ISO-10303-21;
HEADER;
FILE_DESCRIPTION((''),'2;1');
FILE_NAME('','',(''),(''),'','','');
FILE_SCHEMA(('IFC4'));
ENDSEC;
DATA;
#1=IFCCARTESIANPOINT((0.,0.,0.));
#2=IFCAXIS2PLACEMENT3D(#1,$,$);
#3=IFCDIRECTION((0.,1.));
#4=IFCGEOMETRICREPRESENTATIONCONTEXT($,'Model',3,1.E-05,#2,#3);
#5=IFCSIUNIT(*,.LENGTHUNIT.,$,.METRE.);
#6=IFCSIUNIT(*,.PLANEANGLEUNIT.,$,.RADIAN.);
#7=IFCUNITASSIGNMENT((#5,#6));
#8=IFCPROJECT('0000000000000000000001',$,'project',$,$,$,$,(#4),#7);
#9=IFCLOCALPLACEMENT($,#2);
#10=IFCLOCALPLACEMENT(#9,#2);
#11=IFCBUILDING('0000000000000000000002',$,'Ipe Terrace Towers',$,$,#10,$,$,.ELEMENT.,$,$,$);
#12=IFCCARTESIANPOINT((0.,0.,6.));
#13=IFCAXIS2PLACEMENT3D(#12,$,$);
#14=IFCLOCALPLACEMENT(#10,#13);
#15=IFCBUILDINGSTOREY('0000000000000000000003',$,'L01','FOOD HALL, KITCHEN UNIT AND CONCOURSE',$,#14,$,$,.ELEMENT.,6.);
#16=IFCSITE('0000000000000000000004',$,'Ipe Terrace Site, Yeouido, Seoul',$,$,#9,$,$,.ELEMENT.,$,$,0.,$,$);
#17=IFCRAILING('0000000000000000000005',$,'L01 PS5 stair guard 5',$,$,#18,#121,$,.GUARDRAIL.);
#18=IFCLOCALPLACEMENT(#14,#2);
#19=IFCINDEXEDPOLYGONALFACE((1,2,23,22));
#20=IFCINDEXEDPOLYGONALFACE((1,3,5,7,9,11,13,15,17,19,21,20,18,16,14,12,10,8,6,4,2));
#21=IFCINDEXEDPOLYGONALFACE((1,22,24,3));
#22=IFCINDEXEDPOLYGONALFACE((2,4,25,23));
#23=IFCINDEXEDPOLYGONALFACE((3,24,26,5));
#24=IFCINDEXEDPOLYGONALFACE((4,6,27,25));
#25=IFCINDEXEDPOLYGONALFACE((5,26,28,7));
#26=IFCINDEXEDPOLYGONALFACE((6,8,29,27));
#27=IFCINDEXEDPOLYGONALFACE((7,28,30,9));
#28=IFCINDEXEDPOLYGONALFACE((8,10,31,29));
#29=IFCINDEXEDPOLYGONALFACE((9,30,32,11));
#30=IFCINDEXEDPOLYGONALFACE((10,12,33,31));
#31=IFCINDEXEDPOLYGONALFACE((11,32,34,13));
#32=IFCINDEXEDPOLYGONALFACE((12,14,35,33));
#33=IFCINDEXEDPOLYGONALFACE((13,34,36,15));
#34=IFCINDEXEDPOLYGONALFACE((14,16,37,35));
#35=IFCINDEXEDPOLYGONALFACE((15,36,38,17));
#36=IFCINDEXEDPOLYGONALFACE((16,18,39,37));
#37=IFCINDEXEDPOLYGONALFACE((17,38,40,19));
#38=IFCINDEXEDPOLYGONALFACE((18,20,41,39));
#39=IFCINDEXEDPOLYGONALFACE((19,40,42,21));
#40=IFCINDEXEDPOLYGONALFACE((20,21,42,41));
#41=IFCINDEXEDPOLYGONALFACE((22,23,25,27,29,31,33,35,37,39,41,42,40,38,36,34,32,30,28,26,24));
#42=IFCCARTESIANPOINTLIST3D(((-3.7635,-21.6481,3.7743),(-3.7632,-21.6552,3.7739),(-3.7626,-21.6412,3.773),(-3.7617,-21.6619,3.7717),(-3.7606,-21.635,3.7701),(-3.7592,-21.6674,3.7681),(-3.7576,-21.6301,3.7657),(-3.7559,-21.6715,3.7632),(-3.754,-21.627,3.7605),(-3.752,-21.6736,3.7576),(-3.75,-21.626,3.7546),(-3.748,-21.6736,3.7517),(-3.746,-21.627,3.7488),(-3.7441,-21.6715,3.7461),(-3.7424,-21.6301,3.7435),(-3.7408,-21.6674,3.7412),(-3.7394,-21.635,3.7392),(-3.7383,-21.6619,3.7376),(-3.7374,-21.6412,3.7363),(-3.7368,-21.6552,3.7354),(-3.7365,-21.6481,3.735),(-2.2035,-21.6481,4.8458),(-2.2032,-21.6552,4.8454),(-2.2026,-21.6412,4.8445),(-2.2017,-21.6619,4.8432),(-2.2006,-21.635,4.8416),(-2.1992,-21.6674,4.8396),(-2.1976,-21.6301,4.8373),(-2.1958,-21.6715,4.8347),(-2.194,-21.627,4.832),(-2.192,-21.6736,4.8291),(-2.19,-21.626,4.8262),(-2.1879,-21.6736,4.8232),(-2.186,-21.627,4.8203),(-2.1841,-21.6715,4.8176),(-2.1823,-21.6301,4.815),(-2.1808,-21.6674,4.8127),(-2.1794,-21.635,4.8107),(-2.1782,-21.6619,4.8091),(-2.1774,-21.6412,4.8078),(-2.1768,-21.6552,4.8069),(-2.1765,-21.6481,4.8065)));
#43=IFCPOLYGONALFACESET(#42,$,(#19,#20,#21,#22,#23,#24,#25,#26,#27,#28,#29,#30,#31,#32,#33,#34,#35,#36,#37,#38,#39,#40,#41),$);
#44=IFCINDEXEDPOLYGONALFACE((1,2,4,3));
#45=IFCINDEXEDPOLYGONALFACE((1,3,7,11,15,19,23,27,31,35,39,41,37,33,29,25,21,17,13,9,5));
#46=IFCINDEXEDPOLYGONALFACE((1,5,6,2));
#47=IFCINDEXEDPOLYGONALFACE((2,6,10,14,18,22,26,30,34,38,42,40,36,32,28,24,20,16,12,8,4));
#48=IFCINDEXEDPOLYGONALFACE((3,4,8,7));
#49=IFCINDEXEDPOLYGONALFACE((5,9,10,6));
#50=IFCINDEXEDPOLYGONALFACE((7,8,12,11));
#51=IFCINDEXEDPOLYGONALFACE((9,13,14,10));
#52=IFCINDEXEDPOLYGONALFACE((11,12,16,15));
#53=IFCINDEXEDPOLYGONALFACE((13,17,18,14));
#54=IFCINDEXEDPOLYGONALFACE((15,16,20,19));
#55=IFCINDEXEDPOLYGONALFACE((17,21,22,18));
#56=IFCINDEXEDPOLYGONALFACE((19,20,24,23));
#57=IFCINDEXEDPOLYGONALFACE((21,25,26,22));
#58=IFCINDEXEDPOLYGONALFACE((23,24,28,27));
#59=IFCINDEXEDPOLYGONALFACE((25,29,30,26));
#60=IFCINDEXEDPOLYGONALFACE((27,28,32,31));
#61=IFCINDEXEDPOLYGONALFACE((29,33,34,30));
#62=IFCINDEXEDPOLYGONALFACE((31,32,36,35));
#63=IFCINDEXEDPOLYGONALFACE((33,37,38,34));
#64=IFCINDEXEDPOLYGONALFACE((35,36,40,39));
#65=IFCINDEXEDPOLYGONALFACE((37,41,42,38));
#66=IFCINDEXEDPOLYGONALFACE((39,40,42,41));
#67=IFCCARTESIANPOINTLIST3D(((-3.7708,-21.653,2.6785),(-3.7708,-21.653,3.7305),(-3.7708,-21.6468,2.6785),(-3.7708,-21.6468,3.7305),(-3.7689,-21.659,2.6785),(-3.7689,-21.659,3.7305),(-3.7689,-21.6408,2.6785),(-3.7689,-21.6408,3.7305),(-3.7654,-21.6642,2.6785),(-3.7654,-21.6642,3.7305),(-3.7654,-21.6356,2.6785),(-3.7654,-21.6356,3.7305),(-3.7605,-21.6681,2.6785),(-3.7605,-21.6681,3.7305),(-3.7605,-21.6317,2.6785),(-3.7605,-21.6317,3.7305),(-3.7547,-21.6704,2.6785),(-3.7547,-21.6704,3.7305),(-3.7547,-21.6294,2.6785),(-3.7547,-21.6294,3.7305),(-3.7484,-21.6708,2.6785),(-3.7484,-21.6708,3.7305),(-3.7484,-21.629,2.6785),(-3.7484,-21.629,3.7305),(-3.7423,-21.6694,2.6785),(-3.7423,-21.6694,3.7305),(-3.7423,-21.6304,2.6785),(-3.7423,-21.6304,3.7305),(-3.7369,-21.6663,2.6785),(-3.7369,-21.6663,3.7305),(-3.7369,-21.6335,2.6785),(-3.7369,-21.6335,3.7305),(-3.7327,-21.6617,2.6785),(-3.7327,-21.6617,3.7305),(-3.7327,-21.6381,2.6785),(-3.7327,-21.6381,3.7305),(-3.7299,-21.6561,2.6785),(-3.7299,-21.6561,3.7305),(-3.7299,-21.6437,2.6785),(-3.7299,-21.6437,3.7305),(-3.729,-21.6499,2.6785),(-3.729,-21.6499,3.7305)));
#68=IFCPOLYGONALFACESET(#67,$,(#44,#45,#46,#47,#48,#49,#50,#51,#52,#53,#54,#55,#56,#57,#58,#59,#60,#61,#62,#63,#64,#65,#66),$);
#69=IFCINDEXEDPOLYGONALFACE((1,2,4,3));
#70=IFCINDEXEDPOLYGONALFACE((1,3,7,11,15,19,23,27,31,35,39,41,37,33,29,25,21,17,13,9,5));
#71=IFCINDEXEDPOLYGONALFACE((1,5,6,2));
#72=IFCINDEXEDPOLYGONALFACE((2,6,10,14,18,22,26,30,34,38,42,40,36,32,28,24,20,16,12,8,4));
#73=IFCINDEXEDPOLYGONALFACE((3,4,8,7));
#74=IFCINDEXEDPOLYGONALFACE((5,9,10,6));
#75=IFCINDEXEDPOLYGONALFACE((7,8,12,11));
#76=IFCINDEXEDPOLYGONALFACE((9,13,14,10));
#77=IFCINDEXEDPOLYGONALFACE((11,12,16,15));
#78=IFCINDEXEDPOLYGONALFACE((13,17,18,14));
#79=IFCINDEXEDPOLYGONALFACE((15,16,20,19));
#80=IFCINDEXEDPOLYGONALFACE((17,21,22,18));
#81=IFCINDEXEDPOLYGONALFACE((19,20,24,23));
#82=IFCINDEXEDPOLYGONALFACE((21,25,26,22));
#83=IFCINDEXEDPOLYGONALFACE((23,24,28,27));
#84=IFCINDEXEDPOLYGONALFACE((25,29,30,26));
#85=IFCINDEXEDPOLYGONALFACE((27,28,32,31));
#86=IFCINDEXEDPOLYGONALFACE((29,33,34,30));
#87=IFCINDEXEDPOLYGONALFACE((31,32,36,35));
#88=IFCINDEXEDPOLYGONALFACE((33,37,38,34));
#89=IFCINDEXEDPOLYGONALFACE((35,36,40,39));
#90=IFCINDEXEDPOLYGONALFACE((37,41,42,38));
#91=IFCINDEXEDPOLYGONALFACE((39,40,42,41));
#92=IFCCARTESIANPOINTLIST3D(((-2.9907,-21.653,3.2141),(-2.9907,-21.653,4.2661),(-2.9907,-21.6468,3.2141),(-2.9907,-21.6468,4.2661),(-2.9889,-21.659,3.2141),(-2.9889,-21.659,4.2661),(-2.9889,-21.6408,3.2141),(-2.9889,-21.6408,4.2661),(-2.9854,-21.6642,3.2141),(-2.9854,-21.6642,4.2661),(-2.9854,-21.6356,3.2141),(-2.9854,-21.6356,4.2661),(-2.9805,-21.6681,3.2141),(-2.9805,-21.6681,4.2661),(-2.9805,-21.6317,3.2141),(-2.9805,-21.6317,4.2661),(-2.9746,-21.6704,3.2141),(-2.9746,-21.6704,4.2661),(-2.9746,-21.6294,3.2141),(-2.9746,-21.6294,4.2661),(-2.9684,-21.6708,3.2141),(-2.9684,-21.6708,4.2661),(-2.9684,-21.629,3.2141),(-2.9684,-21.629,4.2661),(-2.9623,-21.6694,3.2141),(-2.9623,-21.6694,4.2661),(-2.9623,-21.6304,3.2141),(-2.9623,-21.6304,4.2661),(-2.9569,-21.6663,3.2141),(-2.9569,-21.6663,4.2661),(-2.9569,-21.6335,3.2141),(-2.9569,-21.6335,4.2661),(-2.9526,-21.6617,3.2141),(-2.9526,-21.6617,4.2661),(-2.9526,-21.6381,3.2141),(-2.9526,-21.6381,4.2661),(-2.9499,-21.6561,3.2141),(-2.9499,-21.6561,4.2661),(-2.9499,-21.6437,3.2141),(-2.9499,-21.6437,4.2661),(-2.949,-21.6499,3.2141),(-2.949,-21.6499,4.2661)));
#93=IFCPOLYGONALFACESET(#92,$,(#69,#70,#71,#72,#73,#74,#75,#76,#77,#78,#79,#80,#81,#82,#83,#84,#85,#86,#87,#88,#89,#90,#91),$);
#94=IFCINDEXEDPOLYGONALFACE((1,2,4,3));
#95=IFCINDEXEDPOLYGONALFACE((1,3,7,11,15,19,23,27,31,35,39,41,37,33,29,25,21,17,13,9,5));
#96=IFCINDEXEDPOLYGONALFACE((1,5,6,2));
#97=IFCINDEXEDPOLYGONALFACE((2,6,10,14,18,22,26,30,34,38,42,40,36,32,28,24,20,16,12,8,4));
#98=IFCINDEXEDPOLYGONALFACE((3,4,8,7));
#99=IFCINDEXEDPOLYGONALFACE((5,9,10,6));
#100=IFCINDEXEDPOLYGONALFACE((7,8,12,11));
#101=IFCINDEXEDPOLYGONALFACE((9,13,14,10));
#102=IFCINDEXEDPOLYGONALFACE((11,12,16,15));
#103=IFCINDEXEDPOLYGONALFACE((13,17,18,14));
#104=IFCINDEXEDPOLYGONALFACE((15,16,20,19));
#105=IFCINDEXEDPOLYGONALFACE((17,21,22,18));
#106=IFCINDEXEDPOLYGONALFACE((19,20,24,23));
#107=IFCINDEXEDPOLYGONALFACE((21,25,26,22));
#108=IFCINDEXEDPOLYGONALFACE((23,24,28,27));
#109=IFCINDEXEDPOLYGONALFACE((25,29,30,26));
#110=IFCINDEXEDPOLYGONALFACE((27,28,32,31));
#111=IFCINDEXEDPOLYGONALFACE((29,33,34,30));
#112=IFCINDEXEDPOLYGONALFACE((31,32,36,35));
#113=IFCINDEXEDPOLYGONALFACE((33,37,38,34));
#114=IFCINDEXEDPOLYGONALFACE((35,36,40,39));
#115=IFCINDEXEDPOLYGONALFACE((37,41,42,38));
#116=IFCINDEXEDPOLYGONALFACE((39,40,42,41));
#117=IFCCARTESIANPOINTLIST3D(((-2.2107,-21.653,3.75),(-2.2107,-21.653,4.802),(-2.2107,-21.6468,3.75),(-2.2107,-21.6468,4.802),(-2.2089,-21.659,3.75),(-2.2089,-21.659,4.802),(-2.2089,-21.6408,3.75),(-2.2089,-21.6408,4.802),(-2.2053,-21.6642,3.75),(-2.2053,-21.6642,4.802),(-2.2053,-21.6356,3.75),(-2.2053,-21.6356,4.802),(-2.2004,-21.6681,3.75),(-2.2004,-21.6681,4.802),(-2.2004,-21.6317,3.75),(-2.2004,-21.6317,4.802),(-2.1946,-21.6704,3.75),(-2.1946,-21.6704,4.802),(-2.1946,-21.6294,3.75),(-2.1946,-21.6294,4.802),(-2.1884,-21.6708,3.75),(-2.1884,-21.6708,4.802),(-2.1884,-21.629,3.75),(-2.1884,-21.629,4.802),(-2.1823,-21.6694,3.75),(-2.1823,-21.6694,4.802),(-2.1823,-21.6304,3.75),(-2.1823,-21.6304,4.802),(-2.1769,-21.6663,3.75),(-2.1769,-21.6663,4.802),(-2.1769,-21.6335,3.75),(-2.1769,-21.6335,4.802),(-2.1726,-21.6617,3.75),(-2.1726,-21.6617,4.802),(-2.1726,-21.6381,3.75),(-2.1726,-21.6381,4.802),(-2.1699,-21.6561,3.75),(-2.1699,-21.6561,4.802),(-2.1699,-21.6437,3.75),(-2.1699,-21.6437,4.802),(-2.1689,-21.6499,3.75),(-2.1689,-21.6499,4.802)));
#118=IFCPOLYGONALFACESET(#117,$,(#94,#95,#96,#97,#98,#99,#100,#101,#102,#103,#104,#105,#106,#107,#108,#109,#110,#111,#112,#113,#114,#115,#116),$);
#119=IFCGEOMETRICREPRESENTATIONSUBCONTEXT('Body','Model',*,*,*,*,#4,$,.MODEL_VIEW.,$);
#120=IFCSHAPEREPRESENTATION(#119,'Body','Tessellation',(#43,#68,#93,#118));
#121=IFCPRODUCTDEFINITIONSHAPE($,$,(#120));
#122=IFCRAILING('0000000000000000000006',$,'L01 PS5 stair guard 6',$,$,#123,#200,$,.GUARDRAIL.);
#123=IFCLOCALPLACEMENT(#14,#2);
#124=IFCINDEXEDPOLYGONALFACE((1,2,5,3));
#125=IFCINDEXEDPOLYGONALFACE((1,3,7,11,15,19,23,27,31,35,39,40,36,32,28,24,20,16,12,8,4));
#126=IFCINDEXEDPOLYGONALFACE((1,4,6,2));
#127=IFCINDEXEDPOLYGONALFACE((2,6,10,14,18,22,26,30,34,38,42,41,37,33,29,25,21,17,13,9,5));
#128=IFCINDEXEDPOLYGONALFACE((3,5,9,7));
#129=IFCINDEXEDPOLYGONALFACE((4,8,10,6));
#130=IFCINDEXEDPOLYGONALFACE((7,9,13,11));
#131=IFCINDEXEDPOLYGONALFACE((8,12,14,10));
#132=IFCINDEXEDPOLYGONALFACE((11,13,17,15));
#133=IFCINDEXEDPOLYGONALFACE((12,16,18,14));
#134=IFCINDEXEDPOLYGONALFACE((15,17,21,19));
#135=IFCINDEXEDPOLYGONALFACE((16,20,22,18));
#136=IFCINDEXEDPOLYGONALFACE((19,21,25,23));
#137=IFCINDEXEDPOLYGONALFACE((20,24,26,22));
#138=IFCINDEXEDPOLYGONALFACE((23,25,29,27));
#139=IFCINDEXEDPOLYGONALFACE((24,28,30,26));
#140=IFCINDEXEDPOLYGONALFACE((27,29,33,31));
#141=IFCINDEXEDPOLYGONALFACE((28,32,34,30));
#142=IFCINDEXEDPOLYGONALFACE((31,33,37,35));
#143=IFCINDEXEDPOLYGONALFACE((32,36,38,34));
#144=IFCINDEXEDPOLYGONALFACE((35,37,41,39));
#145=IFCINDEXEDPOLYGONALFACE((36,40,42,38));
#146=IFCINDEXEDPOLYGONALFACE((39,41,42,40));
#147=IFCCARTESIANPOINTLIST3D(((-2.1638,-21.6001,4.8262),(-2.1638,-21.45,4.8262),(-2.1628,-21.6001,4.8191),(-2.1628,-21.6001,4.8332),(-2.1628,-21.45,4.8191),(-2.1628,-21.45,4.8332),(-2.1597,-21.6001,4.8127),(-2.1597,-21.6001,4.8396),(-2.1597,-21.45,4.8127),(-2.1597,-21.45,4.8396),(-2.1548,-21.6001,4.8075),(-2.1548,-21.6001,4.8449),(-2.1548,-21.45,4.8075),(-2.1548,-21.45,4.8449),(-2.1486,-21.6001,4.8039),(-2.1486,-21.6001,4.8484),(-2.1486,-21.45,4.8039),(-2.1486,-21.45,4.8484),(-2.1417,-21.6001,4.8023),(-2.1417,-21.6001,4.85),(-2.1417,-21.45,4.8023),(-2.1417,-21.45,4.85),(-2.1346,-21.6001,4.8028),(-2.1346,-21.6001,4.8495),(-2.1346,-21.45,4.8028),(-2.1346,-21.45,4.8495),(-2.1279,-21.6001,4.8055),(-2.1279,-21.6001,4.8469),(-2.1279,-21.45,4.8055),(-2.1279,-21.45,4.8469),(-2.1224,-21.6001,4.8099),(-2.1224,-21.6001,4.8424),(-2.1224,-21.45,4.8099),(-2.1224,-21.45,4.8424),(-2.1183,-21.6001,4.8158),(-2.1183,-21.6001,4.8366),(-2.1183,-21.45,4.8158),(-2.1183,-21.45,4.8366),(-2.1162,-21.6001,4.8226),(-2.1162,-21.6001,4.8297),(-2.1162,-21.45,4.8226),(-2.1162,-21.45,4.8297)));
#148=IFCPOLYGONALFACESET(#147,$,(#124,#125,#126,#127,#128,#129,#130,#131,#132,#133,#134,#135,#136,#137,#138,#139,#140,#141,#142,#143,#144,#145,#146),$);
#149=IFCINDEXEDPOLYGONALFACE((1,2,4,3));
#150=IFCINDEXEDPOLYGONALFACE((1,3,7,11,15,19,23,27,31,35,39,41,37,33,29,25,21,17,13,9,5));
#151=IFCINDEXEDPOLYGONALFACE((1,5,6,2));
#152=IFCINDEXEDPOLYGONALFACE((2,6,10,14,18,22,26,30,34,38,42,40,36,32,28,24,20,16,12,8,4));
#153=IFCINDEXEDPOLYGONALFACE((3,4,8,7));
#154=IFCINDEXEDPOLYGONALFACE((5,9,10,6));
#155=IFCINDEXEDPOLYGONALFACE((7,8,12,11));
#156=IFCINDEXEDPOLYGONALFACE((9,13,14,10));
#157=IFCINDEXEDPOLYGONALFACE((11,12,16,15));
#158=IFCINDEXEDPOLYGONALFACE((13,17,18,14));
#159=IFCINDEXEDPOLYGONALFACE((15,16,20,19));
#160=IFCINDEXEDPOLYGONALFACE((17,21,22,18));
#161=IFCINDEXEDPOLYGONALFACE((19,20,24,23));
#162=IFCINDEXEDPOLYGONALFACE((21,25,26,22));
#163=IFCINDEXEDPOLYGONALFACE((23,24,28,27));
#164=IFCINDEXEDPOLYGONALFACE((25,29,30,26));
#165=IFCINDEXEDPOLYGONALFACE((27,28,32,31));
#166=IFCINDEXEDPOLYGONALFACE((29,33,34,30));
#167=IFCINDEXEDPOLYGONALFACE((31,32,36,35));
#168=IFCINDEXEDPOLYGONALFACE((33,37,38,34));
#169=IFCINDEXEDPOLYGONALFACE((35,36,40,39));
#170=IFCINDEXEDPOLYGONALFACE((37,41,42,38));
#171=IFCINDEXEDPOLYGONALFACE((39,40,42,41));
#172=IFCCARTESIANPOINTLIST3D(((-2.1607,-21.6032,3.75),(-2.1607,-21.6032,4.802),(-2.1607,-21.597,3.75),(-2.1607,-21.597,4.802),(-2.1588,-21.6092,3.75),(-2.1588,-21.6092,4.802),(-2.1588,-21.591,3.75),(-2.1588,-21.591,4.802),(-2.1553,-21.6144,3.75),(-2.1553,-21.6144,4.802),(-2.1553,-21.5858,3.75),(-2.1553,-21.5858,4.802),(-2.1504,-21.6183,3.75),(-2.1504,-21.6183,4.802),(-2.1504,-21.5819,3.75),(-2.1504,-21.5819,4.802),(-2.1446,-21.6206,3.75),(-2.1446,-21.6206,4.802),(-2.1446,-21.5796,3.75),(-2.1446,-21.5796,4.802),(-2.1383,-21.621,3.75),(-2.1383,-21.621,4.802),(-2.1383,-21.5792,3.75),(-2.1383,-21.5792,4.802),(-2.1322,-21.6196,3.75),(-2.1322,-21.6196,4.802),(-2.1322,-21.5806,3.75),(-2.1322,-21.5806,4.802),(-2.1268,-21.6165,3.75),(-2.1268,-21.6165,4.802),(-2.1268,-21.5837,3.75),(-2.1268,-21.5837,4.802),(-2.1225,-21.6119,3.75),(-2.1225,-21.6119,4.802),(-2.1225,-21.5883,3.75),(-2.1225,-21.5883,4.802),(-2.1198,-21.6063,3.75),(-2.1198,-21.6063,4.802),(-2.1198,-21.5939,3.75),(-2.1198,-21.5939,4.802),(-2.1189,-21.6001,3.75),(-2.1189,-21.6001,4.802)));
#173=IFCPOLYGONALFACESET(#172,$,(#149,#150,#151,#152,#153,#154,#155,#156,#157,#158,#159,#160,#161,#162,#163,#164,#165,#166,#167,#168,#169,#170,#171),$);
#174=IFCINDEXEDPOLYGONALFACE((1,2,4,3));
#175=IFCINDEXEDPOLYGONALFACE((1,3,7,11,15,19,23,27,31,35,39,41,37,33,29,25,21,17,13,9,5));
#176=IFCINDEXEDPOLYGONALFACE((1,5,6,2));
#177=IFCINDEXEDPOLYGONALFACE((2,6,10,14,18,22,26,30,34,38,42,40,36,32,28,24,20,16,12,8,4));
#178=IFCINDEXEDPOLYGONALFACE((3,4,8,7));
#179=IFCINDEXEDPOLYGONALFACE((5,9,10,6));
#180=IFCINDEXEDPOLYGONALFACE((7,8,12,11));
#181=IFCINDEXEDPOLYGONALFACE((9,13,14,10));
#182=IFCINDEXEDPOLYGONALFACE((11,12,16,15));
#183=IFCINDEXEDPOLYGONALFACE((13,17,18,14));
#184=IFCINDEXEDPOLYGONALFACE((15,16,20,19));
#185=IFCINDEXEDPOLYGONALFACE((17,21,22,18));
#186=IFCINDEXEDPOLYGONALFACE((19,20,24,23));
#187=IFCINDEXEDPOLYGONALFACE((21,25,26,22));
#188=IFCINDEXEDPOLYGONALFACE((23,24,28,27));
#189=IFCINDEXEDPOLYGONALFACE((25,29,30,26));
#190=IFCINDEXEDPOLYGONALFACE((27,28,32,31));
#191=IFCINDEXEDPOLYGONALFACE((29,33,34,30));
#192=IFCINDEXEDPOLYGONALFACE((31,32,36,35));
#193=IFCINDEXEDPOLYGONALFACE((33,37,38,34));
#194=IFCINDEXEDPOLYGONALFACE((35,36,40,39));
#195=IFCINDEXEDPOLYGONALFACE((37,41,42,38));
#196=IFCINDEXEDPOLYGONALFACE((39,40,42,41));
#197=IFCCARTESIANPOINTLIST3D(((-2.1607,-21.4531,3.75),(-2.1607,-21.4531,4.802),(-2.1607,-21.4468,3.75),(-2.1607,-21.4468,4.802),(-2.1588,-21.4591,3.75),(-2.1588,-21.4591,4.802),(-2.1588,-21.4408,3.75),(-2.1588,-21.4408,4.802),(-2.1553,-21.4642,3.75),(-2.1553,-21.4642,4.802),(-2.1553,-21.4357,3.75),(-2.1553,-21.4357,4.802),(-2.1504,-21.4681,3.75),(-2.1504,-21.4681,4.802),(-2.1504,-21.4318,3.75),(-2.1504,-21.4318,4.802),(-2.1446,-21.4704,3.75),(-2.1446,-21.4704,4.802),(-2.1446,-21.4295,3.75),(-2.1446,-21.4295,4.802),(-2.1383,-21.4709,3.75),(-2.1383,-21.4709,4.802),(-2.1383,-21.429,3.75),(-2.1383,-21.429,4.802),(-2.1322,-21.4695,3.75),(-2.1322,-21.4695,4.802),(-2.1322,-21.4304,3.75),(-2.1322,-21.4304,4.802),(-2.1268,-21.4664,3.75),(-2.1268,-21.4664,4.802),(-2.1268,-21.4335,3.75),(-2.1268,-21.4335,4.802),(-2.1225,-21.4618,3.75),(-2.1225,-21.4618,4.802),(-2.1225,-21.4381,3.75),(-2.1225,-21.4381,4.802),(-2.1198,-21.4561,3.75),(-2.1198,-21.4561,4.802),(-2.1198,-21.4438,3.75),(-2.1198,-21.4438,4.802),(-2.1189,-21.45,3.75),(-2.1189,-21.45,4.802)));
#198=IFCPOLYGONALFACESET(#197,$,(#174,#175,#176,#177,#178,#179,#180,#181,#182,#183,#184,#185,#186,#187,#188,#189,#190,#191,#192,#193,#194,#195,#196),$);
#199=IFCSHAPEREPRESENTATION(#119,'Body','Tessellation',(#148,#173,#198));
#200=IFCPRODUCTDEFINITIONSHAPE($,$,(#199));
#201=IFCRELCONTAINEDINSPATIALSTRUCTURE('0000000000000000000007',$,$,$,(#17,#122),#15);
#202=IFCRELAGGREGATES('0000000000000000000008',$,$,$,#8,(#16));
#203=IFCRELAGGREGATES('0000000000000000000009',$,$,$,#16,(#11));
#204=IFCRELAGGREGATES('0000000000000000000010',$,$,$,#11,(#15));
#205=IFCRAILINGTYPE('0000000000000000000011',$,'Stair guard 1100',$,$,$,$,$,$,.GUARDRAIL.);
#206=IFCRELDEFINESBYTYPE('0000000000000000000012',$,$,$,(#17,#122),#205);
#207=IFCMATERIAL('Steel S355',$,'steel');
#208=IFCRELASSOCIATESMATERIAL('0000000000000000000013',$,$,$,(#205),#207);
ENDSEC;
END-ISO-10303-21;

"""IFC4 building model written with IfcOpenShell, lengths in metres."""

from ifc_helpers import new_model, si_unit, direction, frame, origin, origin_2d, place, context, subcontext, project, spatial, circle, extrude, material, type_object, element, save


model = new_model("IFC4")

# Units and contexts
model_context = context("Model", 3, precision=1e-05, world=origin(), true_north=direction((0.0, 1.0)))
body_context = subcontext(model_context, "Body", "Model", "MODEL_VIEW")
ifc_project = project(units=[si_unit("LENGTHUNIT", "METRE"), si_unit("PLANEANGLEUNIT", "RADIAN")], contexts=[model_context])

# Site, building, storey
site_placement = place(None, origin())
site = spatial("IfcSite", under=ifc_project, at=site_placement, Name="Ipe Terrace Site, Yeouido, Seoul", CompositionType="ELEMENT", RefElevation=0.0)
building_placement = place(site_placement, origin())
building = spatial("IfcBuilding", under=site, at=building_placement, Name="Ipe Terrace Towers", CompositionType="ELEMENT")
storey_placement = place(building_placement, frame((0.0, 0.0, 6.0)))
storey = spatial("IfcBuildingStorey", under=building, at=storey_placement, Name="L01", Description="FOOD HALL, KITCHEN UNIT AND CONCOURSE", CompositionType="ELEMENT", Elevation=6.0)

# Railings
ifc_material_1 = material(Name="Steel S355", Category="steel")
railing_type_1 = type_object("IfcRailingType", Name="Stair guard 1100", PredefinedType="GUARDRAIL", material=ifc_material_1)
railing_1_placement = place(storey_placement, frame((-3.75, -21.6499, 2.6785)))
element("IfcRailing", 1, at=railing_1_placement, inside=storey, type_object=railing_type_1, Name="L01 PS5 stair guard 5", PredefinedType="GUARDRAIL", context=body_context, shape_type="SweptSolid", body=[
    extrude(circle(Radius=0.0239, at=origin_2d()), frame((0.0, 0.0, 1.0762), z_axis=(0.82429, 0.0, 0.566167), x_axis=(0.0, 1.0, 0.0)), (0.0, 0.0, 1.0), 1.8926),
    extrude(circle(Radius=0.021, at=origin_2d()), origin(), (0.0, 0.0, 1.0), 1.052),
    extrude(circle(Radius=0.021, at=origin_2d()), frame((0.78, 0.0, 0.5356)), (0.0, 0.0, 1.0), 1.052),
    extrude(circle(Radius=0.021, at=origin_2d()), frame((1.5601, 0.0, 1.0715)), (0.0, 0.0, 1.0), 1.052),
])
for number, where, name in (
    (2, (-2.1399, -21.6001, 3.75), "L01 PS5 stair guard 6"),
):
    element("IfcRailing", number, at=place(storey_placement, frame(where)), inside=storey, type_object=railing_type_1, Name=name, PredefinedType="GUARDRAIL", context=body_context, shape_type="SweptSolid", body=[
        extrude(circle(Radius=0.0239, at=origin_2d()), frame((0.0, 0.0, 1.0762), z_axis=(0.0, 1.0, 0.0), x_axis=(-1.0, 0.0, 0.0)), (0.0, 0.0, 1.0), 0.1501),
        extrude(circle(Radius=0.021, at=origin_2d()), origin(), (0.0, 0.0, 1.0), 1.052),
        extrude(circle(Radius=0.021, at=origin_2d()), frame((0.0, 0.1501, 0.0)), (0.0, 0.0, 1.0), 1.052),
    ])

save(model, "model.ifc")
